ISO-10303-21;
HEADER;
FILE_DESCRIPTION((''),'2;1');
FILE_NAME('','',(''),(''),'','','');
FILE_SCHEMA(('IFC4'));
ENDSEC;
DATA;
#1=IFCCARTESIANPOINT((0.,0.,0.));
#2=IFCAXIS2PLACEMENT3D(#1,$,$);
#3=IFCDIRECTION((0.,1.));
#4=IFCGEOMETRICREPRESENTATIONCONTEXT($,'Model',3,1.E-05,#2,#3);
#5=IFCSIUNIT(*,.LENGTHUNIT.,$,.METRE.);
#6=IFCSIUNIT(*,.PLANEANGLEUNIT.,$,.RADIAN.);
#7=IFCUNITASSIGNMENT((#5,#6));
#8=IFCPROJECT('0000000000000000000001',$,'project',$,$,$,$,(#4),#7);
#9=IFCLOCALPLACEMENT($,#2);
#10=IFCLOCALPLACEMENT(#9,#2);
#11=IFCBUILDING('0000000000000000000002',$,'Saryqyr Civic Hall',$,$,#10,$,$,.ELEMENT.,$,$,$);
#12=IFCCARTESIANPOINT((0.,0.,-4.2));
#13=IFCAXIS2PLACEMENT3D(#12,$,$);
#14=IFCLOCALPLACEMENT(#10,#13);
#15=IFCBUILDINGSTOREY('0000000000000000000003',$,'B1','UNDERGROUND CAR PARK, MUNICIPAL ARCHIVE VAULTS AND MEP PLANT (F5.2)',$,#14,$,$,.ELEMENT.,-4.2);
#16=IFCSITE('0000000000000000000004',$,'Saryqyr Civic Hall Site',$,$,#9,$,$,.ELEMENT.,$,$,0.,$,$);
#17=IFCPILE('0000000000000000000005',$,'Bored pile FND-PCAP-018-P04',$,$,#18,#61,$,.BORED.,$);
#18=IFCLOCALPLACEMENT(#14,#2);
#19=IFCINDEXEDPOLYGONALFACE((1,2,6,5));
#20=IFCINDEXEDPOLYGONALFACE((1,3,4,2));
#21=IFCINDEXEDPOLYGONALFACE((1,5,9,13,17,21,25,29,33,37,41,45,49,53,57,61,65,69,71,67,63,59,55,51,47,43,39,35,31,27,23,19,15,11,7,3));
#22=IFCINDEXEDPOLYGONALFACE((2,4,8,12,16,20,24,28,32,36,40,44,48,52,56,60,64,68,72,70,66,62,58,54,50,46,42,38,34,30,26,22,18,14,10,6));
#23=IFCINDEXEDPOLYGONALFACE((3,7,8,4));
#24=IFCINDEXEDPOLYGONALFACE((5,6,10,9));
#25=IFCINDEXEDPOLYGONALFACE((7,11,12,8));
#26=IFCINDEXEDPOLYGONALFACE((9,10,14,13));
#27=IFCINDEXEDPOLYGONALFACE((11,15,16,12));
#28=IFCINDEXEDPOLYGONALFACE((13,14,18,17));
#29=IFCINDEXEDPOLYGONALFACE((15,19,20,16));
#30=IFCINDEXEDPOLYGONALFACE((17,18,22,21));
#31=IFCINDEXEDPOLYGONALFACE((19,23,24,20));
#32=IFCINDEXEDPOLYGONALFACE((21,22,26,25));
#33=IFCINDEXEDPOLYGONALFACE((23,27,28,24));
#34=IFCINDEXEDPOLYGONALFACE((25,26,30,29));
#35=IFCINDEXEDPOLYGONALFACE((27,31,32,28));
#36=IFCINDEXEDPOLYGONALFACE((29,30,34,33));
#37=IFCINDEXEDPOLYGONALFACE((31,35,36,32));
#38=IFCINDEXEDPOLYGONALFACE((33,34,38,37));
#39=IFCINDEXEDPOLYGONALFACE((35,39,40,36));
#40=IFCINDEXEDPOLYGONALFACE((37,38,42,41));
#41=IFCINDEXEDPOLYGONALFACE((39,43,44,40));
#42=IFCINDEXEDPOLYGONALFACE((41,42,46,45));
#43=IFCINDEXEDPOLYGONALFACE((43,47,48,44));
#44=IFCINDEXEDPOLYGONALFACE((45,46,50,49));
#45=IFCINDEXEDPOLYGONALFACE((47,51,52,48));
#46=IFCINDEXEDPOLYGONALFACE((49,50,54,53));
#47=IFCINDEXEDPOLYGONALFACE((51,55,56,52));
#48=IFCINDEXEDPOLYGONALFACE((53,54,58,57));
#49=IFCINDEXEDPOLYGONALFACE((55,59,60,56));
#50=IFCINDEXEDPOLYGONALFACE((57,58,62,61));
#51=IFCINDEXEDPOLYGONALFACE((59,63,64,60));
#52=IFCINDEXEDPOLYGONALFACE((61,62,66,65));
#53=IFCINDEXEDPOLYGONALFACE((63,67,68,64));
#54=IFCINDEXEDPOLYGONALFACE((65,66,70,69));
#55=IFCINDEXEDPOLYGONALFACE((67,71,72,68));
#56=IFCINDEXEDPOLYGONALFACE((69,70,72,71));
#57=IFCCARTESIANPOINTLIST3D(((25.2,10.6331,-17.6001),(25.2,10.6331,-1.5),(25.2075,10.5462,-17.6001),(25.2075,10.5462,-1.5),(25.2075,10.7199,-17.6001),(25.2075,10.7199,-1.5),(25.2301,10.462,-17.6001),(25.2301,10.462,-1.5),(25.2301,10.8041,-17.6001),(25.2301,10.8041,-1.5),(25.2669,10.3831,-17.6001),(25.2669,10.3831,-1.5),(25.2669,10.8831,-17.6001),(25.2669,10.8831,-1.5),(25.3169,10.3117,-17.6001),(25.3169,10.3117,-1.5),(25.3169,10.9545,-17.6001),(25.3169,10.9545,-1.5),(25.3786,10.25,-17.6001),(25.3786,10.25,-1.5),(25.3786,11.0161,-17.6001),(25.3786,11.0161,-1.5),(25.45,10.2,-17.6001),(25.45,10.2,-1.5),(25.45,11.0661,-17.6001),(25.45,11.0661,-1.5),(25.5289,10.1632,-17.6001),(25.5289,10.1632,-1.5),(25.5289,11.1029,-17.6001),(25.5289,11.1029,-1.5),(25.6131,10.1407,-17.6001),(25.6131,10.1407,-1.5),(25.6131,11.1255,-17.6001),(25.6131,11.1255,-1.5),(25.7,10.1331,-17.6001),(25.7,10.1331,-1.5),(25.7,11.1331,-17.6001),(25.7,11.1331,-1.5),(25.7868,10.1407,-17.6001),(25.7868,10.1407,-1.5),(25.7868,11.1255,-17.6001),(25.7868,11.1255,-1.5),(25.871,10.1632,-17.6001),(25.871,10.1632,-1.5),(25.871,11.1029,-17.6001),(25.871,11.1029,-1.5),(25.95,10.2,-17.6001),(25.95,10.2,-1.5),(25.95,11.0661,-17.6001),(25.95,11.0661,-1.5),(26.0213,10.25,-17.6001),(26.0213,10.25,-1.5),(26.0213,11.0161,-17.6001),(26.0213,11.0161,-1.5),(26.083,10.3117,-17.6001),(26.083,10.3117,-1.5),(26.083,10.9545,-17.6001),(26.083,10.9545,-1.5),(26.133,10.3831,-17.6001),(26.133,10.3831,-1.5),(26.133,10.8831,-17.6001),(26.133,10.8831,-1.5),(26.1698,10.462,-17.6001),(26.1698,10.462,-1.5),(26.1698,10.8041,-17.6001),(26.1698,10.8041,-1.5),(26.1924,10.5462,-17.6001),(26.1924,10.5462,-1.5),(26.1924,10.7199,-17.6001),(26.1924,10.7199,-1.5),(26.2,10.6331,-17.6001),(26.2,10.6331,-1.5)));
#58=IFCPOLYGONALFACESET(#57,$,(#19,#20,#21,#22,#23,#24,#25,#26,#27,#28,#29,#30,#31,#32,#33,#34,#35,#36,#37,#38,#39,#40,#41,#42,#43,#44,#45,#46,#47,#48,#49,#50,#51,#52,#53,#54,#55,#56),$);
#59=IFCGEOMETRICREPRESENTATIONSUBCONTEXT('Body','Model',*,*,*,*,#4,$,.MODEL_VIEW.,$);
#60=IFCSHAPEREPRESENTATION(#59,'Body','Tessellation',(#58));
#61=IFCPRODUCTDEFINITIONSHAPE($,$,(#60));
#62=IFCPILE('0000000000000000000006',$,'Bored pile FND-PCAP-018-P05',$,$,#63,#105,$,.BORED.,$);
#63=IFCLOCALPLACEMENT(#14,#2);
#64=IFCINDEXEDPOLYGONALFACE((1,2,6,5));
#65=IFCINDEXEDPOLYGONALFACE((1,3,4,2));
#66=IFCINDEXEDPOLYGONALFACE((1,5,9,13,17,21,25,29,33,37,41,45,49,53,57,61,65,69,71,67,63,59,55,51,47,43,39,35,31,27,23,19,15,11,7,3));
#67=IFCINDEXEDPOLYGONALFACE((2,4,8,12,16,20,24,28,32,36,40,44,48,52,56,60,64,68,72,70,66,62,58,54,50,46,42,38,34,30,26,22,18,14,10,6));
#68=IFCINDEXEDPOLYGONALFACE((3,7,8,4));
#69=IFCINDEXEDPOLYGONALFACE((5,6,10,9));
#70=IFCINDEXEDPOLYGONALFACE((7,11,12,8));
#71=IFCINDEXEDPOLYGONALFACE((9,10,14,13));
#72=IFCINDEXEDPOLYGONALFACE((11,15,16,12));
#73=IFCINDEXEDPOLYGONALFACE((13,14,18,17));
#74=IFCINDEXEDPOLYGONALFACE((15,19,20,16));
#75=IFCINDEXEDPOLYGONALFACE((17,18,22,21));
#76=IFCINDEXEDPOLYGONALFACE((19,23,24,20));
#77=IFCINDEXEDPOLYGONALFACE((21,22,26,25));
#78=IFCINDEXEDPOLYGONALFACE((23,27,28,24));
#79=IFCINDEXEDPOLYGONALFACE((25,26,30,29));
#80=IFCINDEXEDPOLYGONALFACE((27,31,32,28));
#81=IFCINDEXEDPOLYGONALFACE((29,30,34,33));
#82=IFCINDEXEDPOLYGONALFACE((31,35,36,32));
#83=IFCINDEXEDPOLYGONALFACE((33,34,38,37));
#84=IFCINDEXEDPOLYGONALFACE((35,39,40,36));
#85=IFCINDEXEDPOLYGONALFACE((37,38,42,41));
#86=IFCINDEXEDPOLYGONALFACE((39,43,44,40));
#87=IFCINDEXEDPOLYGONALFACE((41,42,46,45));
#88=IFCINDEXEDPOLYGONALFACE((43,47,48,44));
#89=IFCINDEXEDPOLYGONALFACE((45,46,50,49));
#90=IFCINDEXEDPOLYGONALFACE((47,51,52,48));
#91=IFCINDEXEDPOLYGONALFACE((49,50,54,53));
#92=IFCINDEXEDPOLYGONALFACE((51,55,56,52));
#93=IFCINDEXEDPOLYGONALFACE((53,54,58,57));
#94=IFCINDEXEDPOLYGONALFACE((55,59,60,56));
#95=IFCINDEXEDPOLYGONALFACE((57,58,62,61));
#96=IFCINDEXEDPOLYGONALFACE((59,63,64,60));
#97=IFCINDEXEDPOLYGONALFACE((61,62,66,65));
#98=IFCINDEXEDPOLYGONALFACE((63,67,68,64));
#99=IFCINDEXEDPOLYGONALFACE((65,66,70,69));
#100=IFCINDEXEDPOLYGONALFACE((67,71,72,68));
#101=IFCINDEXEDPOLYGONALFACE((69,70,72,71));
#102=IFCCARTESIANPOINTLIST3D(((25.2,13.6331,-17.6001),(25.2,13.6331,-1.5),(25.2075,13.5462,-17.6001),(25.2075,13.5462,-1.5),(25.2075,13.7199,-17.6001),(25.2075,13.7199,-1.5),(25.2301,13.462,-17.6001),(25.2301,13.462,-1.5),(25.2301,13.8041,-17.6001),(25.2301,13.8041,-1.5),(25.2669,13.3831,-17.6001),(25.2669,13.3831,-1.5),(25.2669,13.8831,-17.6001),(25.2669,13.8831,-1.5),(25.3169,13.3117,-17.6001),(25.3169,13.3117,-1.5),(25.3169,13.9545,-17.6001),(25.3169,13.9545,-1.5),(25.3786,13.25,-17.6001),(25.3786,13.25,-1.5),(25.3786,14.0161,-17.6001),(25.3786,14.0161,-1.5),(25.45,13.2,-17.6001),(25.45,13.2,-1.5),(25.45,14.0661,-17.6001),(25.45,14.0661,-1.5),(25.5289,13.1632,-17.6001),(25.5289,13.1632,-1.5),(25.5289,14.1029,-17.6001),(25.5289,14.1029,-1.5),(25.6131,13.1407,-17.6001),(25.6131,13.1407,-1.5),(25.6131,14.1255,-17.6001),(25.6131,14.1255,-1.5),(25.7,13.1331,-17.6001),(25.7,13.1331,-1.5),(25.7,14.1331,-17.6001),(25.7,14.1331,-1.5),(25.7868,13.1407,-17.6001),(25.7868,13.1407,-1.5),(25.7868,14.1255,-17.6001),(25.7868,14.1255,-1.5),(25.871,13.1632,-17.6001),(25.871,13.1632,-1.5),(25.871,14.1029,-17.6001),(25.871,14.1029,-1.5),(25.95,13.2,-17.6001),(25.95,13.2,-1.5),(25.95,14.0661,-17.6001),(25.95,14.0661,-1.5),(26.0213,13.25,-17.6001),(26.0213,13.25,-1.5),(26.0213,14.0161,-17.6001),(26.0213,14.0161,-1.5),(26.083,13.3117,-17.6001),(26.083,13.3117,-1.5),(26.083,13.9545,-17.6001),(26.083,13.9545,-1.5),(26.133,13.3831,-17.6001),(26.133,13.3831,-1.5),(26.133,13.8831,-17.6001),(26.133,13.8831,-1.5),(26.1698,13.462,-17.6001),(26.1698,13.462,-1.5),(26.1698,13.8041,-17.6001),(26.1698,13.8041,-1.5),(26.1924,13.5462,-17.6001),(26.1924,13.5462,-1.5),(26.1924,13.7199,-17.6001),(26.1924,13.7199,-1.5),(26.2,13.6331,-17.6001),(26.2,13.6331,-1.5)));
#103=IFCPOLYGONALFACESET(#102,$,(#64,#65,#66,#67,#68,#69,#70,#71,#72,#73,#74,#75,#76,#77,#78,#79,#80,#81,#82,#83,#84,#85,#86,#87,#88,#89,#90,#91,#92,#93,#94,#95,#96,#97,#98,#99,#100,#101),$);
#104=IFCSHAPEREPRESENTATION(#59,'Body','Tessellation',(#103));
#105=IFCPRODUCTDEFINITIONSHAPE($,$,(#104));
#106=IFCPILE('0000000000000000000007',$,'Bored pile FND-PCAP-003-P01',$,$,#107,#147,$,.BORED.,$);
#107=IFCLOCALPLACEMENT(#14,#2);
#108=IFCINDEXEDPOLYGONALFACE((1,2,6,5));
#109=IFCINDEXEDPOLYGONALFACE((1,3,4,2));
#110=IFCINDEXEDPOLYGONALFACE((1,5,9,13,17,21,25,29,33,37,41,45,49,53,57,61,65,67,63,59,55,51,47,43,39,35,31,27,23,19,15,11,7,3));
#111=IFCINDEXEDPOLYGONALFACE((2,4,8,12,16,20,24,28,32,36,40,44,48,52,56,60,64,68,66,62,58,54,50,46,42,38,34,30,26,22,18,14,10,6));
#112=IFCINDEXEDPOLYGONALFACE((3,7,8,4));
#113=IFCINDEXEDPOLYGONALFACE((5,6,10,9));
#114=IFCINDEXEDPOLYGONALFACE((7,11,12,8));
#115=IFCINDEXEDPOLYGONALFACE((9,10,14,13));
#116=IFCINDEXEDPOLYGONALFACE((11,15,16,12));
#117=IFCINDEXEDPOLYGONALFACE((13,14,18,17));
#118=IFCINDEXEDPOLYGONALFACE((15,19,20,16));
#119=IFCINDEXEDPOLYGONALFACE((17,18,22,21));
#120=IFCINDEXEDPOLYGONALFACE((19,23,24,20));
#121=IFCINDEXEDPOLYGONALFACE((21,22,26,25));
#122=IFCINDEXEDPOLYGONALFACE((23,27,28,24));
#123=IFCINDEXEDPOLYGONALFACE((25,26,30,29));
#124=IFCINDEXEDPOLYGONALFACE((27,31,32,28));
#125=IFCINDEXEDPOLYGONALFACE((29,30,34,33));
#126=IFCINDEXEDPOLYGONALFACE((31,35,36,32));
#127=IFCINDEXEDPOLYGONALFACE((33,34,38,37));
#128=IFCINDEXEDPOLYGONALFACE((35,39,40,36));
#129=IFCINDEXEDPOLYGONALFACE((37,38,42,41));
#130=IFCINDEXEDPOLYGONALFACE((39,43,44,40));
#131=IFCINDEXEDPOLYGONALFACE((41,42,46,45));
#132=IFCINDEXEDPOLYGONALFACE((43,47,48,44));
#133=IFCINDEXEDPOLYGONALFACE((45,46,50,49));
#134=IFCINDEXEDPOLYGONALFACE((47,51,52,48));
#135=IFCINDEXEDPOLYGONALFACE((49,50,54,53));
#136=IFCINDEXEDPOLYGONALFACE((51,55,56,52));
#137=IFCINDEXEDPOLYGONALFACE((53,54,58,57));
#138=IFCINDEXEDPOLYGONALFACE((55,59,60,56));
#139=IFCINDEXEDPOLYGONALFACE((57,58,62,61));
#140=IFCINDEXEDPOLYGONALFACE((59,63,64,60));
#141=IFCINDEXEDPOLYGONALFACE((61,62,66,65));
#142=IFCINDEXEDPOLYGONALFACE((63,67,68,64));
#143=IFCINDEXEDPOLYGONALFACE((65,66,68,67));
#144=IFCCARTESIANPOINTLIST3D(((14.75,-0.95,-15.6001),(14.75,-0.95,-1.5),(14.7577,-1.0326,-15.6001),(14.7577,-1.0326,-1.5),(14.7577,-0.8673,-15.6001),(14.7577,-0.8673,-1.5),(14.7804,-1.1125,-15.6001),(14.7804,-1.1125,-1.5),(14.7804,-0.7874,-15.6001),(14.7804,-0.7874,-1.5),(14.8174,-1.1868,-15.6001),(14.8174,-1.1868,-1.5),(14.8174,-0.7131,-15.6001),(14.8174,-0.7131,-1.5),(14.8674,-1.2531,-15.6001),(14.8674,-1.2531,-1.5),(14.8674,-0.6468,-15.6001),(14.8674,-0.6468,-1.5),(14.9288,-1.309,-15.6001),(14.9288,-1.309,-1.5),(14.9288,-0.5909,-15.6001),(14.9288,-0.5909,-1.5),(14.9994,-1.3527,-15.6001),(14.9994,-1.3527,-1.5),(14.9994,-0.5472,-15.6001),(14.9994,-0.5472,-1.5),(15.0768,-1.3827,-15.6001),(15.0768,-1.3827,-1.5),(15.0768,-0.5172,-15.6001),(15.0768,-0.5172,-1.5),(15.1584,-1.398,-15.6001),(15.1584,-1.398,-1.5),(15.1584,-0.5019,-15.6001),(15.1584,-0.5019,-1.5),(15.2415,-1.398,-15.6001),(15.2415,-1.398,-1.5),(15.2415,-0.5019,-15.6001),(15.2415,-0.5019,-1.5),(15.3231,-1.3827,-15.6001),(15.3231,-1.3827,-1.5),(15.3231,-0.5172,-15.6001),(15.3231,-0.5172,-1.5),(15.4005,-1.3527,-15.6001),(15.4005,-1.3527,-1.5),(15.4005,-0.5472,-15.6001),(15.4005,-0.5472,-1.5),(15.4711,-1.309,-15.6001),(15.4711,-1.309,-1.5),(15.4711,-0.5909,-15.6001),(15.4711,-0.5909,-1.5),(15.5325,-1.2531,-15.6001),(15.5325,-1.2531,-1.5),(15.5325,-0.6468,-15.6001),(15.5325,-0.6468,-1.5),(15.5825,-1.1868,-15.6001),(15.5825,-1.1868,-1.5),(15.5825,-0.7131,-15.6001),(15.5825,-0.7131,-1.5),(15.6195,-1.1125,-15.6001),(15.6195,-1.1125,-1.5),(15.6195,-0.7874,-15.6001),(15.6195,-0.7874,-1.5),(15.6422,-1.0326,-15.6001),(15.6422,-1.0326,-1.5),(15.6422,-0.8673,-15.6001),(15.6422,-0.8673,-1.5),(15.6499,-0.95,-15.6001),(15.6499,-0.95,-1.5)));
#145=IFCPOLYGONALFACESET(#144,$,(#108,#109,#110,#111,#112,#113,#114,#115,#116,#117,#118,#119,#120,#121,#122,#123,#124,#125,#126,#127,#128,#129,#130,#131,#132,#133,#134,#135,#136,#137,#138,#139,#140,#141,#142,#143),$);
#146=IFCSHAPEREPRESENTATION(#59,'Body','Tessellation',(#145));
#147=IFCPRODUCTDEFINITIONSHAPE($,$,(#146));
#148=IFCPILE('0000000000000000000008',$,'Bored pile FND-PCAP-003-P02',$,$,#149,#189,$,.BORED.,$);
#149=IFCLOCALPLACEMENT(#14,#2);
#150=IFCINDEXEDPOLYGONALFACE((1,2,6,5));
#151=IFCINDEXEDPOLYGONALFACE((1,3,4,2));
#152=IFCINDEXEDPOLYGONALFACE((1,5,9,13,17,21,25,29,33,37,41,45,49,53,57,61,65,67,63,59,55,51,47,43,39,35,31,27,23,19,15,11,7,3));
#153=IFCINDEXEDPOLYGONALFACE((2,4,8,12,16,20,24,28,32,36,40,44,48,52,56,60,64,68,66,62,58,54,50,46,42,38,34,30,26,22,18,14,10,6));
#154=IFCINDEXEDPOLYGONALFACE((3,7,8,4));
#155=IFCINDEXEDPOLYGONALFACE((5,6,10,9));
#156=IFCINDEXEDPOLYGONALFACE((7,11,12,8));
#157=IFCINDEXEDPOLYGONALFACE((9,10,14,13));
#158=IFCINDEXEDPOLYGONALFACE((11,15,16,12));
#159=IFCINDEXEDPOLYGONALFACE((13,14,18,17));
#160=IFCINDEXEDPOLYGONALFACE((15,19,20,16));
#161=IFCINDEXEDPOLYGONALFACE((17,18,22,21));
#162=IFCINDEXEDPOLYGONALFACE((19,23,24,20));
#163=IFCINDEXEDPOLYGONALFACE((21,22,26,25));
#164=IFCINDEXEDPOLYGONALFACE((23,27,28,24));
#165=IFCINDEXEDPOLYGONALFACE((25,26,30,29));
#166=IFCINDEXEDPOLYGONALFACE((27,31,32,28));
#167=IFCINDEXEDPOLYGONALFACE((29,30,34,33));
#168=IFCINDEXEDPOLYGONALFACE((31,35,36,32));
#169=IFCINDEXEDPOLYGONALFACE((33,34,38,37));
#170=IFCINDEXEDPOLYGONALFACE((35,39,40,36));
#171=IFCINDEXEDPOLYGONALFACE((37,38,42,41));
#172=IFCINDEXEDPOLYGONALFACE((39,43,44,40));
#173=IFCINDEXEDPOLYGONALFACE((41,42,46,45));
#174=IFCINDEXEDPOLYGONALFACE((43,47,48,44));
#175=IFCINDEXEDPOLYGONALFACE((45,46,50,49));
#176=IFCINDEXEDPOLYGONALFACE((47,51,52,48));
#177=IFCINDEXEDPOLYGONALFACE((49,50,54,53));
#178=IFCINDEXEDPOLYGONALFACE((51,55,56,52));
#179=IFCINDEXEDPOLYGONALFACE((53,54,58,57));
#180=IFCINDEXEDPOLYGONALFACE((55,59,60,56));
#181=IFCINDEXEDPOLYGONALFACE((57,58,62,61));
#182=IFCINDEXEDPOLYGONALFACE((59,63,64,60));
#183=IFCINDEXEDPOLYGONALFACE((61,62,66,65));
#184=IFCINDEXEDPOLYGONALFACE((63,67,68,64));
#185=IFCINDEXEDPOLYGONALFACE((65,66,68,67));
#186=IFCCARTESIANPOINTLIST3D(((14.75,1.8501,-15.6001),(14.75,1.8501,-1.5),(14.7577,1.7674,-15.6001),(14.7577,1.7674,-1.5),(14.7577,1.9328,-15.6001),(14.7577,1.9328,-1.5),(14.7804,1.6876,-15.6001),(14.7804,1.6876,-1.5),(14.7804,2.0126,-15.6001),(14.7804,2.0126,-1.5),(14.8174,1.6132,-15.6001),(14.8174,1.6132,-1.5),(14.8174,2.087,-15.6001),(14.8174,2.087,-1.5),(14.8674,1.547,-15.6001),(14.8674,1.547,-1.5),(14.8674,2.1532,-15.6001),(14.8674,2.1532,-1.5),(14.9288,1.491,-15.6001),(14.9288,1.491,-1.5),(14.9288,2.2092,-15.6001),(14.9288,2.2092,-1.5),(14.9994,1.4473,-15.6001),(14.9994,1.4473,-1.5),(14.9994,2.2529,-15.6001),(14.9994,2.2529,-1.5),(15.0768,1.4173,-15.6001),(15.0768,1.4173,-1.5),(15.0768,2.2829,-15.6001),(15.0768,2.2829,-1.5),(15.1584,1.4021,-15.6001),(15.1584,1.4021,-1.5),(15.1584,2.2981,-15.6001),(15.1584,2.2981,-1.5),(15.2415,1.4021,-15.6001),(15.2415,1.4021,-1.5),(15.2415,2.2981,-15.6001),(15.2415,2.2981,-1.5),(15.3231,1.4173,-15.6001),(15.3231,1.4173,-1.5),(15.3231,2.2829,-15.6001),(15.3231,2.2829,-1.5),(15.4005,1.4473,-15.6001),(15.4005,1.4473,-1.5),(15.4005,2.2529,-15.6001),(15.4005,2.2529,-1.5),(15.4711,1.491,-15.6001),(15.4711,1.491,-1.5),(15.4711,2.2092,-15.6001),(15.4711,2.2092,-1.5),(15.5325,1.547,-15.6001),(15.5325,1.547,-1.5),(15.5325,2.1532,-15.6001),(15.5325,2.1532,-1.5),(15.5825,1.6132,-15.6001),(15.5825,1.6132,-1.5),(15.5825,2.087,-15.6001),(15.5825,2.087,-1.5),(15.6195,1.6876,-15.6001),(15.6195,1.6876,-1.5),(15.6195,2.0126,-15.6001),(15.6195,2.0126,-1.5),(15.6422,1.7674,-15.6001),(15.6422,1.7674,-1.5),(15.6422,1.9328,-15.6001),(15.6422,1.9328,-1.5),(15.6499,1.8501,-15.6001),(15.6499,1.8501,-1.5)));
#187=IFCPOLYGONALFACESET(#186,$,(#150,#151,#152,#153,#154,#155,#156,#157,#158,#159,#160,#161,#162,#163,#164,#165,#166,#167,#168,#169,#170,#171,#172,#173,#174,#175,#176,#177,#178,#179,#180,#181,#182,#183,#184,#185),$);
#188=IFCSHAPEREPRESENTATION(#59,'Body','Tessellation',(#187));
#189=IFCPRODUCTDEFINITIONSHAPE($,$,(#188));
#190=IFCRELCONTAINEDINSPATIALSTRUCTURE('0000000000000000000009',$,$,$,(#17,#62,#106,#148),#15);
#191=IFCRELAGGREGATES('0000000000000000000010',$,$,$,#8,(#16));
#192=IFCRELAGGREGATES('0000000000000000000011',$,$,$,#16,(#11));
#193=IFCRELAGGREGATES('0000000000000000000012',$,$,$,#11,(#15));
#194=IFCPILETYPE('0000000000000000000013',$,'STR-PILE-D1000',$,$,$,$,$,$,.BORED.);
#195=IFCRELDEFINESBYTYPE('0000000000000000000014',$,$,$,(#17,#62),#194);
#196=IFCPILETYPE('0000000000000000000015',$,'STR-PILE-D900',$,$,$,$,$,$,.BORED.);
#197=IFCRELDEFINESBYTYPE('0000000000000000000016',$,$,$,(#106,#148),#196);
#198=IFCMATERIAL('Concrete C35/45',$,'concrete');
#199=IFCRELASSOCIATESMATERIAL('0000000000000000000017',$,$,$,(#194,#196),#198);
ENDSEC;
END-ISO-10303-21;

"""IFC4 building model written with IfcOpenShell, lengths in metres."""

from ifc_helpers import new_model, si_unit, direction, frame, origin, origin_2d, place, context, subcontext, project, spatial, circle, extrude, material, material_profile, profile_set, type_object, element, save


model = new_model("IFC4")

# Units and contexts
model_context = context("Model", 3, precision=1e-05, world=origin(), true_north=direction((0.0, 1.0)))
body_context = subcontext(model_context, "Body", "Model", "MODEL_VIEW")
ifc_project = project(units=[si_unit("LENGTHUNIT", "METRE"), si_unit("PLANEANGLEUNIT", "RADIAN")], contexts=[model_context])

# Site, building, storey
site_placement = place(None, origin())
site = spatial("IfcSite", under=ifc_project, at=site_placement, Name="Saryqyr Civic Hall Site", CompositionType="ELEMENT", RefElevation=0.0)
building_placement = place(site_placement, origin())
building = spatial("IfcBuilding", under=site, at=building_placement, Name="Saryqyr Civic Hall", CompositionType="ELEMENT")
storey_placement = place(building_placement, frame((0.0, 0.0, -4.2)))
storey = spatial("IfcBuildingStorey", under=building, at=storey_placement, Name="B1", Description="UNDERGROUND CAR PARK, MUNICIPAL ARCHIVE VAULTS AND MEP PLANT (F5.2)", CompositionType="ELEMENT", Elevation=-4.2)

# Shared definitions
ifc_material_1 = material(Name="Concrete C35/45", Category="concrete")

# Piles
ifc_material_profile_1 = material_profile(ifc_material_1, circle(Radius=0.5, at=origin_2d()), Name="BORED PILE D1000")
ifc_profile_set_1 = profile_set([ifc_material_profile_1], Name="Concrete C35/45")
pile_type_1 = type_object("IfcPileType", Name="STR-PILE-D1000", PredefinedType="BORED", material=ifc_profile_set_1)
for number, where, z_axis, x_axis, name in (
    (1, (25.7, 10.6331, -1.5), (0.0, 0.0, -1.0), (1.0, 0.0, 0.0), "Bored pile FND-PCAP-018-P04"),
    (2, (25.7, 13.6331, -1.5), (0.0, 0.0, -1.0), (1.0, 0.0, 0.0), "Bored pile FND-PCAP-018-P05"),
):
    element("IfcPile", number, at=place(storey_placement, frame(where, z_axis=z_axis, x_axis=x_axis)), inside=storey, type_object=pile_type_1, Name=name, PredefinedType="BORED", context=body_context, shape_type="SweptSolid", body=[
        extrude(circle(Radius=0.5, at=origin_2d()), origin(), (0.0, 0.0, 1.0), 16.1001),
    ])
ifc_material_profile_2 = material_profile(ifc_material_1, circle(Radius=0.45, at=origin_2d()), Name="BORED PILE D900")
ifc_profile_set_2 = profile_set([ifc_material_profile_2], Name="Concrete C35/45")
pile_type_2 = type_object("IfcPileType", Name="STR-PILE-D900", PredefinedType="BORED", material=ifc_profile_set_2)
for number, where, z_axis, x_axis, name in (
    (3, (15.2, -0.95, -1.5), (0.0, 0.0, -1.0), (1.0, 0.0, 0.0), "Bored pile FND-PCAP-003-P01"),
    (4, (15.2, 1.8501, -1.5), (0.0, 0.0, -1.0), (1.0, 0.0, 0.0), "Bored pile FND-PCAP-003-P02"),
):
    element("IfcPile", number, at=place(storey_placement, frame(where, z_axis=z_axis, x_axis=x_axis)), inside=storey, type_object=pile_type_2, Name=name, PredefinedType="BORED", context=body_context, shape_type="SweptSolid", body=[
        extrude(circle(Radius=0.45, at=origin_2d()), origin(), (0.0, 0.0, 1.0), 14.1001),
    ])

save(model, "model.ifc")
